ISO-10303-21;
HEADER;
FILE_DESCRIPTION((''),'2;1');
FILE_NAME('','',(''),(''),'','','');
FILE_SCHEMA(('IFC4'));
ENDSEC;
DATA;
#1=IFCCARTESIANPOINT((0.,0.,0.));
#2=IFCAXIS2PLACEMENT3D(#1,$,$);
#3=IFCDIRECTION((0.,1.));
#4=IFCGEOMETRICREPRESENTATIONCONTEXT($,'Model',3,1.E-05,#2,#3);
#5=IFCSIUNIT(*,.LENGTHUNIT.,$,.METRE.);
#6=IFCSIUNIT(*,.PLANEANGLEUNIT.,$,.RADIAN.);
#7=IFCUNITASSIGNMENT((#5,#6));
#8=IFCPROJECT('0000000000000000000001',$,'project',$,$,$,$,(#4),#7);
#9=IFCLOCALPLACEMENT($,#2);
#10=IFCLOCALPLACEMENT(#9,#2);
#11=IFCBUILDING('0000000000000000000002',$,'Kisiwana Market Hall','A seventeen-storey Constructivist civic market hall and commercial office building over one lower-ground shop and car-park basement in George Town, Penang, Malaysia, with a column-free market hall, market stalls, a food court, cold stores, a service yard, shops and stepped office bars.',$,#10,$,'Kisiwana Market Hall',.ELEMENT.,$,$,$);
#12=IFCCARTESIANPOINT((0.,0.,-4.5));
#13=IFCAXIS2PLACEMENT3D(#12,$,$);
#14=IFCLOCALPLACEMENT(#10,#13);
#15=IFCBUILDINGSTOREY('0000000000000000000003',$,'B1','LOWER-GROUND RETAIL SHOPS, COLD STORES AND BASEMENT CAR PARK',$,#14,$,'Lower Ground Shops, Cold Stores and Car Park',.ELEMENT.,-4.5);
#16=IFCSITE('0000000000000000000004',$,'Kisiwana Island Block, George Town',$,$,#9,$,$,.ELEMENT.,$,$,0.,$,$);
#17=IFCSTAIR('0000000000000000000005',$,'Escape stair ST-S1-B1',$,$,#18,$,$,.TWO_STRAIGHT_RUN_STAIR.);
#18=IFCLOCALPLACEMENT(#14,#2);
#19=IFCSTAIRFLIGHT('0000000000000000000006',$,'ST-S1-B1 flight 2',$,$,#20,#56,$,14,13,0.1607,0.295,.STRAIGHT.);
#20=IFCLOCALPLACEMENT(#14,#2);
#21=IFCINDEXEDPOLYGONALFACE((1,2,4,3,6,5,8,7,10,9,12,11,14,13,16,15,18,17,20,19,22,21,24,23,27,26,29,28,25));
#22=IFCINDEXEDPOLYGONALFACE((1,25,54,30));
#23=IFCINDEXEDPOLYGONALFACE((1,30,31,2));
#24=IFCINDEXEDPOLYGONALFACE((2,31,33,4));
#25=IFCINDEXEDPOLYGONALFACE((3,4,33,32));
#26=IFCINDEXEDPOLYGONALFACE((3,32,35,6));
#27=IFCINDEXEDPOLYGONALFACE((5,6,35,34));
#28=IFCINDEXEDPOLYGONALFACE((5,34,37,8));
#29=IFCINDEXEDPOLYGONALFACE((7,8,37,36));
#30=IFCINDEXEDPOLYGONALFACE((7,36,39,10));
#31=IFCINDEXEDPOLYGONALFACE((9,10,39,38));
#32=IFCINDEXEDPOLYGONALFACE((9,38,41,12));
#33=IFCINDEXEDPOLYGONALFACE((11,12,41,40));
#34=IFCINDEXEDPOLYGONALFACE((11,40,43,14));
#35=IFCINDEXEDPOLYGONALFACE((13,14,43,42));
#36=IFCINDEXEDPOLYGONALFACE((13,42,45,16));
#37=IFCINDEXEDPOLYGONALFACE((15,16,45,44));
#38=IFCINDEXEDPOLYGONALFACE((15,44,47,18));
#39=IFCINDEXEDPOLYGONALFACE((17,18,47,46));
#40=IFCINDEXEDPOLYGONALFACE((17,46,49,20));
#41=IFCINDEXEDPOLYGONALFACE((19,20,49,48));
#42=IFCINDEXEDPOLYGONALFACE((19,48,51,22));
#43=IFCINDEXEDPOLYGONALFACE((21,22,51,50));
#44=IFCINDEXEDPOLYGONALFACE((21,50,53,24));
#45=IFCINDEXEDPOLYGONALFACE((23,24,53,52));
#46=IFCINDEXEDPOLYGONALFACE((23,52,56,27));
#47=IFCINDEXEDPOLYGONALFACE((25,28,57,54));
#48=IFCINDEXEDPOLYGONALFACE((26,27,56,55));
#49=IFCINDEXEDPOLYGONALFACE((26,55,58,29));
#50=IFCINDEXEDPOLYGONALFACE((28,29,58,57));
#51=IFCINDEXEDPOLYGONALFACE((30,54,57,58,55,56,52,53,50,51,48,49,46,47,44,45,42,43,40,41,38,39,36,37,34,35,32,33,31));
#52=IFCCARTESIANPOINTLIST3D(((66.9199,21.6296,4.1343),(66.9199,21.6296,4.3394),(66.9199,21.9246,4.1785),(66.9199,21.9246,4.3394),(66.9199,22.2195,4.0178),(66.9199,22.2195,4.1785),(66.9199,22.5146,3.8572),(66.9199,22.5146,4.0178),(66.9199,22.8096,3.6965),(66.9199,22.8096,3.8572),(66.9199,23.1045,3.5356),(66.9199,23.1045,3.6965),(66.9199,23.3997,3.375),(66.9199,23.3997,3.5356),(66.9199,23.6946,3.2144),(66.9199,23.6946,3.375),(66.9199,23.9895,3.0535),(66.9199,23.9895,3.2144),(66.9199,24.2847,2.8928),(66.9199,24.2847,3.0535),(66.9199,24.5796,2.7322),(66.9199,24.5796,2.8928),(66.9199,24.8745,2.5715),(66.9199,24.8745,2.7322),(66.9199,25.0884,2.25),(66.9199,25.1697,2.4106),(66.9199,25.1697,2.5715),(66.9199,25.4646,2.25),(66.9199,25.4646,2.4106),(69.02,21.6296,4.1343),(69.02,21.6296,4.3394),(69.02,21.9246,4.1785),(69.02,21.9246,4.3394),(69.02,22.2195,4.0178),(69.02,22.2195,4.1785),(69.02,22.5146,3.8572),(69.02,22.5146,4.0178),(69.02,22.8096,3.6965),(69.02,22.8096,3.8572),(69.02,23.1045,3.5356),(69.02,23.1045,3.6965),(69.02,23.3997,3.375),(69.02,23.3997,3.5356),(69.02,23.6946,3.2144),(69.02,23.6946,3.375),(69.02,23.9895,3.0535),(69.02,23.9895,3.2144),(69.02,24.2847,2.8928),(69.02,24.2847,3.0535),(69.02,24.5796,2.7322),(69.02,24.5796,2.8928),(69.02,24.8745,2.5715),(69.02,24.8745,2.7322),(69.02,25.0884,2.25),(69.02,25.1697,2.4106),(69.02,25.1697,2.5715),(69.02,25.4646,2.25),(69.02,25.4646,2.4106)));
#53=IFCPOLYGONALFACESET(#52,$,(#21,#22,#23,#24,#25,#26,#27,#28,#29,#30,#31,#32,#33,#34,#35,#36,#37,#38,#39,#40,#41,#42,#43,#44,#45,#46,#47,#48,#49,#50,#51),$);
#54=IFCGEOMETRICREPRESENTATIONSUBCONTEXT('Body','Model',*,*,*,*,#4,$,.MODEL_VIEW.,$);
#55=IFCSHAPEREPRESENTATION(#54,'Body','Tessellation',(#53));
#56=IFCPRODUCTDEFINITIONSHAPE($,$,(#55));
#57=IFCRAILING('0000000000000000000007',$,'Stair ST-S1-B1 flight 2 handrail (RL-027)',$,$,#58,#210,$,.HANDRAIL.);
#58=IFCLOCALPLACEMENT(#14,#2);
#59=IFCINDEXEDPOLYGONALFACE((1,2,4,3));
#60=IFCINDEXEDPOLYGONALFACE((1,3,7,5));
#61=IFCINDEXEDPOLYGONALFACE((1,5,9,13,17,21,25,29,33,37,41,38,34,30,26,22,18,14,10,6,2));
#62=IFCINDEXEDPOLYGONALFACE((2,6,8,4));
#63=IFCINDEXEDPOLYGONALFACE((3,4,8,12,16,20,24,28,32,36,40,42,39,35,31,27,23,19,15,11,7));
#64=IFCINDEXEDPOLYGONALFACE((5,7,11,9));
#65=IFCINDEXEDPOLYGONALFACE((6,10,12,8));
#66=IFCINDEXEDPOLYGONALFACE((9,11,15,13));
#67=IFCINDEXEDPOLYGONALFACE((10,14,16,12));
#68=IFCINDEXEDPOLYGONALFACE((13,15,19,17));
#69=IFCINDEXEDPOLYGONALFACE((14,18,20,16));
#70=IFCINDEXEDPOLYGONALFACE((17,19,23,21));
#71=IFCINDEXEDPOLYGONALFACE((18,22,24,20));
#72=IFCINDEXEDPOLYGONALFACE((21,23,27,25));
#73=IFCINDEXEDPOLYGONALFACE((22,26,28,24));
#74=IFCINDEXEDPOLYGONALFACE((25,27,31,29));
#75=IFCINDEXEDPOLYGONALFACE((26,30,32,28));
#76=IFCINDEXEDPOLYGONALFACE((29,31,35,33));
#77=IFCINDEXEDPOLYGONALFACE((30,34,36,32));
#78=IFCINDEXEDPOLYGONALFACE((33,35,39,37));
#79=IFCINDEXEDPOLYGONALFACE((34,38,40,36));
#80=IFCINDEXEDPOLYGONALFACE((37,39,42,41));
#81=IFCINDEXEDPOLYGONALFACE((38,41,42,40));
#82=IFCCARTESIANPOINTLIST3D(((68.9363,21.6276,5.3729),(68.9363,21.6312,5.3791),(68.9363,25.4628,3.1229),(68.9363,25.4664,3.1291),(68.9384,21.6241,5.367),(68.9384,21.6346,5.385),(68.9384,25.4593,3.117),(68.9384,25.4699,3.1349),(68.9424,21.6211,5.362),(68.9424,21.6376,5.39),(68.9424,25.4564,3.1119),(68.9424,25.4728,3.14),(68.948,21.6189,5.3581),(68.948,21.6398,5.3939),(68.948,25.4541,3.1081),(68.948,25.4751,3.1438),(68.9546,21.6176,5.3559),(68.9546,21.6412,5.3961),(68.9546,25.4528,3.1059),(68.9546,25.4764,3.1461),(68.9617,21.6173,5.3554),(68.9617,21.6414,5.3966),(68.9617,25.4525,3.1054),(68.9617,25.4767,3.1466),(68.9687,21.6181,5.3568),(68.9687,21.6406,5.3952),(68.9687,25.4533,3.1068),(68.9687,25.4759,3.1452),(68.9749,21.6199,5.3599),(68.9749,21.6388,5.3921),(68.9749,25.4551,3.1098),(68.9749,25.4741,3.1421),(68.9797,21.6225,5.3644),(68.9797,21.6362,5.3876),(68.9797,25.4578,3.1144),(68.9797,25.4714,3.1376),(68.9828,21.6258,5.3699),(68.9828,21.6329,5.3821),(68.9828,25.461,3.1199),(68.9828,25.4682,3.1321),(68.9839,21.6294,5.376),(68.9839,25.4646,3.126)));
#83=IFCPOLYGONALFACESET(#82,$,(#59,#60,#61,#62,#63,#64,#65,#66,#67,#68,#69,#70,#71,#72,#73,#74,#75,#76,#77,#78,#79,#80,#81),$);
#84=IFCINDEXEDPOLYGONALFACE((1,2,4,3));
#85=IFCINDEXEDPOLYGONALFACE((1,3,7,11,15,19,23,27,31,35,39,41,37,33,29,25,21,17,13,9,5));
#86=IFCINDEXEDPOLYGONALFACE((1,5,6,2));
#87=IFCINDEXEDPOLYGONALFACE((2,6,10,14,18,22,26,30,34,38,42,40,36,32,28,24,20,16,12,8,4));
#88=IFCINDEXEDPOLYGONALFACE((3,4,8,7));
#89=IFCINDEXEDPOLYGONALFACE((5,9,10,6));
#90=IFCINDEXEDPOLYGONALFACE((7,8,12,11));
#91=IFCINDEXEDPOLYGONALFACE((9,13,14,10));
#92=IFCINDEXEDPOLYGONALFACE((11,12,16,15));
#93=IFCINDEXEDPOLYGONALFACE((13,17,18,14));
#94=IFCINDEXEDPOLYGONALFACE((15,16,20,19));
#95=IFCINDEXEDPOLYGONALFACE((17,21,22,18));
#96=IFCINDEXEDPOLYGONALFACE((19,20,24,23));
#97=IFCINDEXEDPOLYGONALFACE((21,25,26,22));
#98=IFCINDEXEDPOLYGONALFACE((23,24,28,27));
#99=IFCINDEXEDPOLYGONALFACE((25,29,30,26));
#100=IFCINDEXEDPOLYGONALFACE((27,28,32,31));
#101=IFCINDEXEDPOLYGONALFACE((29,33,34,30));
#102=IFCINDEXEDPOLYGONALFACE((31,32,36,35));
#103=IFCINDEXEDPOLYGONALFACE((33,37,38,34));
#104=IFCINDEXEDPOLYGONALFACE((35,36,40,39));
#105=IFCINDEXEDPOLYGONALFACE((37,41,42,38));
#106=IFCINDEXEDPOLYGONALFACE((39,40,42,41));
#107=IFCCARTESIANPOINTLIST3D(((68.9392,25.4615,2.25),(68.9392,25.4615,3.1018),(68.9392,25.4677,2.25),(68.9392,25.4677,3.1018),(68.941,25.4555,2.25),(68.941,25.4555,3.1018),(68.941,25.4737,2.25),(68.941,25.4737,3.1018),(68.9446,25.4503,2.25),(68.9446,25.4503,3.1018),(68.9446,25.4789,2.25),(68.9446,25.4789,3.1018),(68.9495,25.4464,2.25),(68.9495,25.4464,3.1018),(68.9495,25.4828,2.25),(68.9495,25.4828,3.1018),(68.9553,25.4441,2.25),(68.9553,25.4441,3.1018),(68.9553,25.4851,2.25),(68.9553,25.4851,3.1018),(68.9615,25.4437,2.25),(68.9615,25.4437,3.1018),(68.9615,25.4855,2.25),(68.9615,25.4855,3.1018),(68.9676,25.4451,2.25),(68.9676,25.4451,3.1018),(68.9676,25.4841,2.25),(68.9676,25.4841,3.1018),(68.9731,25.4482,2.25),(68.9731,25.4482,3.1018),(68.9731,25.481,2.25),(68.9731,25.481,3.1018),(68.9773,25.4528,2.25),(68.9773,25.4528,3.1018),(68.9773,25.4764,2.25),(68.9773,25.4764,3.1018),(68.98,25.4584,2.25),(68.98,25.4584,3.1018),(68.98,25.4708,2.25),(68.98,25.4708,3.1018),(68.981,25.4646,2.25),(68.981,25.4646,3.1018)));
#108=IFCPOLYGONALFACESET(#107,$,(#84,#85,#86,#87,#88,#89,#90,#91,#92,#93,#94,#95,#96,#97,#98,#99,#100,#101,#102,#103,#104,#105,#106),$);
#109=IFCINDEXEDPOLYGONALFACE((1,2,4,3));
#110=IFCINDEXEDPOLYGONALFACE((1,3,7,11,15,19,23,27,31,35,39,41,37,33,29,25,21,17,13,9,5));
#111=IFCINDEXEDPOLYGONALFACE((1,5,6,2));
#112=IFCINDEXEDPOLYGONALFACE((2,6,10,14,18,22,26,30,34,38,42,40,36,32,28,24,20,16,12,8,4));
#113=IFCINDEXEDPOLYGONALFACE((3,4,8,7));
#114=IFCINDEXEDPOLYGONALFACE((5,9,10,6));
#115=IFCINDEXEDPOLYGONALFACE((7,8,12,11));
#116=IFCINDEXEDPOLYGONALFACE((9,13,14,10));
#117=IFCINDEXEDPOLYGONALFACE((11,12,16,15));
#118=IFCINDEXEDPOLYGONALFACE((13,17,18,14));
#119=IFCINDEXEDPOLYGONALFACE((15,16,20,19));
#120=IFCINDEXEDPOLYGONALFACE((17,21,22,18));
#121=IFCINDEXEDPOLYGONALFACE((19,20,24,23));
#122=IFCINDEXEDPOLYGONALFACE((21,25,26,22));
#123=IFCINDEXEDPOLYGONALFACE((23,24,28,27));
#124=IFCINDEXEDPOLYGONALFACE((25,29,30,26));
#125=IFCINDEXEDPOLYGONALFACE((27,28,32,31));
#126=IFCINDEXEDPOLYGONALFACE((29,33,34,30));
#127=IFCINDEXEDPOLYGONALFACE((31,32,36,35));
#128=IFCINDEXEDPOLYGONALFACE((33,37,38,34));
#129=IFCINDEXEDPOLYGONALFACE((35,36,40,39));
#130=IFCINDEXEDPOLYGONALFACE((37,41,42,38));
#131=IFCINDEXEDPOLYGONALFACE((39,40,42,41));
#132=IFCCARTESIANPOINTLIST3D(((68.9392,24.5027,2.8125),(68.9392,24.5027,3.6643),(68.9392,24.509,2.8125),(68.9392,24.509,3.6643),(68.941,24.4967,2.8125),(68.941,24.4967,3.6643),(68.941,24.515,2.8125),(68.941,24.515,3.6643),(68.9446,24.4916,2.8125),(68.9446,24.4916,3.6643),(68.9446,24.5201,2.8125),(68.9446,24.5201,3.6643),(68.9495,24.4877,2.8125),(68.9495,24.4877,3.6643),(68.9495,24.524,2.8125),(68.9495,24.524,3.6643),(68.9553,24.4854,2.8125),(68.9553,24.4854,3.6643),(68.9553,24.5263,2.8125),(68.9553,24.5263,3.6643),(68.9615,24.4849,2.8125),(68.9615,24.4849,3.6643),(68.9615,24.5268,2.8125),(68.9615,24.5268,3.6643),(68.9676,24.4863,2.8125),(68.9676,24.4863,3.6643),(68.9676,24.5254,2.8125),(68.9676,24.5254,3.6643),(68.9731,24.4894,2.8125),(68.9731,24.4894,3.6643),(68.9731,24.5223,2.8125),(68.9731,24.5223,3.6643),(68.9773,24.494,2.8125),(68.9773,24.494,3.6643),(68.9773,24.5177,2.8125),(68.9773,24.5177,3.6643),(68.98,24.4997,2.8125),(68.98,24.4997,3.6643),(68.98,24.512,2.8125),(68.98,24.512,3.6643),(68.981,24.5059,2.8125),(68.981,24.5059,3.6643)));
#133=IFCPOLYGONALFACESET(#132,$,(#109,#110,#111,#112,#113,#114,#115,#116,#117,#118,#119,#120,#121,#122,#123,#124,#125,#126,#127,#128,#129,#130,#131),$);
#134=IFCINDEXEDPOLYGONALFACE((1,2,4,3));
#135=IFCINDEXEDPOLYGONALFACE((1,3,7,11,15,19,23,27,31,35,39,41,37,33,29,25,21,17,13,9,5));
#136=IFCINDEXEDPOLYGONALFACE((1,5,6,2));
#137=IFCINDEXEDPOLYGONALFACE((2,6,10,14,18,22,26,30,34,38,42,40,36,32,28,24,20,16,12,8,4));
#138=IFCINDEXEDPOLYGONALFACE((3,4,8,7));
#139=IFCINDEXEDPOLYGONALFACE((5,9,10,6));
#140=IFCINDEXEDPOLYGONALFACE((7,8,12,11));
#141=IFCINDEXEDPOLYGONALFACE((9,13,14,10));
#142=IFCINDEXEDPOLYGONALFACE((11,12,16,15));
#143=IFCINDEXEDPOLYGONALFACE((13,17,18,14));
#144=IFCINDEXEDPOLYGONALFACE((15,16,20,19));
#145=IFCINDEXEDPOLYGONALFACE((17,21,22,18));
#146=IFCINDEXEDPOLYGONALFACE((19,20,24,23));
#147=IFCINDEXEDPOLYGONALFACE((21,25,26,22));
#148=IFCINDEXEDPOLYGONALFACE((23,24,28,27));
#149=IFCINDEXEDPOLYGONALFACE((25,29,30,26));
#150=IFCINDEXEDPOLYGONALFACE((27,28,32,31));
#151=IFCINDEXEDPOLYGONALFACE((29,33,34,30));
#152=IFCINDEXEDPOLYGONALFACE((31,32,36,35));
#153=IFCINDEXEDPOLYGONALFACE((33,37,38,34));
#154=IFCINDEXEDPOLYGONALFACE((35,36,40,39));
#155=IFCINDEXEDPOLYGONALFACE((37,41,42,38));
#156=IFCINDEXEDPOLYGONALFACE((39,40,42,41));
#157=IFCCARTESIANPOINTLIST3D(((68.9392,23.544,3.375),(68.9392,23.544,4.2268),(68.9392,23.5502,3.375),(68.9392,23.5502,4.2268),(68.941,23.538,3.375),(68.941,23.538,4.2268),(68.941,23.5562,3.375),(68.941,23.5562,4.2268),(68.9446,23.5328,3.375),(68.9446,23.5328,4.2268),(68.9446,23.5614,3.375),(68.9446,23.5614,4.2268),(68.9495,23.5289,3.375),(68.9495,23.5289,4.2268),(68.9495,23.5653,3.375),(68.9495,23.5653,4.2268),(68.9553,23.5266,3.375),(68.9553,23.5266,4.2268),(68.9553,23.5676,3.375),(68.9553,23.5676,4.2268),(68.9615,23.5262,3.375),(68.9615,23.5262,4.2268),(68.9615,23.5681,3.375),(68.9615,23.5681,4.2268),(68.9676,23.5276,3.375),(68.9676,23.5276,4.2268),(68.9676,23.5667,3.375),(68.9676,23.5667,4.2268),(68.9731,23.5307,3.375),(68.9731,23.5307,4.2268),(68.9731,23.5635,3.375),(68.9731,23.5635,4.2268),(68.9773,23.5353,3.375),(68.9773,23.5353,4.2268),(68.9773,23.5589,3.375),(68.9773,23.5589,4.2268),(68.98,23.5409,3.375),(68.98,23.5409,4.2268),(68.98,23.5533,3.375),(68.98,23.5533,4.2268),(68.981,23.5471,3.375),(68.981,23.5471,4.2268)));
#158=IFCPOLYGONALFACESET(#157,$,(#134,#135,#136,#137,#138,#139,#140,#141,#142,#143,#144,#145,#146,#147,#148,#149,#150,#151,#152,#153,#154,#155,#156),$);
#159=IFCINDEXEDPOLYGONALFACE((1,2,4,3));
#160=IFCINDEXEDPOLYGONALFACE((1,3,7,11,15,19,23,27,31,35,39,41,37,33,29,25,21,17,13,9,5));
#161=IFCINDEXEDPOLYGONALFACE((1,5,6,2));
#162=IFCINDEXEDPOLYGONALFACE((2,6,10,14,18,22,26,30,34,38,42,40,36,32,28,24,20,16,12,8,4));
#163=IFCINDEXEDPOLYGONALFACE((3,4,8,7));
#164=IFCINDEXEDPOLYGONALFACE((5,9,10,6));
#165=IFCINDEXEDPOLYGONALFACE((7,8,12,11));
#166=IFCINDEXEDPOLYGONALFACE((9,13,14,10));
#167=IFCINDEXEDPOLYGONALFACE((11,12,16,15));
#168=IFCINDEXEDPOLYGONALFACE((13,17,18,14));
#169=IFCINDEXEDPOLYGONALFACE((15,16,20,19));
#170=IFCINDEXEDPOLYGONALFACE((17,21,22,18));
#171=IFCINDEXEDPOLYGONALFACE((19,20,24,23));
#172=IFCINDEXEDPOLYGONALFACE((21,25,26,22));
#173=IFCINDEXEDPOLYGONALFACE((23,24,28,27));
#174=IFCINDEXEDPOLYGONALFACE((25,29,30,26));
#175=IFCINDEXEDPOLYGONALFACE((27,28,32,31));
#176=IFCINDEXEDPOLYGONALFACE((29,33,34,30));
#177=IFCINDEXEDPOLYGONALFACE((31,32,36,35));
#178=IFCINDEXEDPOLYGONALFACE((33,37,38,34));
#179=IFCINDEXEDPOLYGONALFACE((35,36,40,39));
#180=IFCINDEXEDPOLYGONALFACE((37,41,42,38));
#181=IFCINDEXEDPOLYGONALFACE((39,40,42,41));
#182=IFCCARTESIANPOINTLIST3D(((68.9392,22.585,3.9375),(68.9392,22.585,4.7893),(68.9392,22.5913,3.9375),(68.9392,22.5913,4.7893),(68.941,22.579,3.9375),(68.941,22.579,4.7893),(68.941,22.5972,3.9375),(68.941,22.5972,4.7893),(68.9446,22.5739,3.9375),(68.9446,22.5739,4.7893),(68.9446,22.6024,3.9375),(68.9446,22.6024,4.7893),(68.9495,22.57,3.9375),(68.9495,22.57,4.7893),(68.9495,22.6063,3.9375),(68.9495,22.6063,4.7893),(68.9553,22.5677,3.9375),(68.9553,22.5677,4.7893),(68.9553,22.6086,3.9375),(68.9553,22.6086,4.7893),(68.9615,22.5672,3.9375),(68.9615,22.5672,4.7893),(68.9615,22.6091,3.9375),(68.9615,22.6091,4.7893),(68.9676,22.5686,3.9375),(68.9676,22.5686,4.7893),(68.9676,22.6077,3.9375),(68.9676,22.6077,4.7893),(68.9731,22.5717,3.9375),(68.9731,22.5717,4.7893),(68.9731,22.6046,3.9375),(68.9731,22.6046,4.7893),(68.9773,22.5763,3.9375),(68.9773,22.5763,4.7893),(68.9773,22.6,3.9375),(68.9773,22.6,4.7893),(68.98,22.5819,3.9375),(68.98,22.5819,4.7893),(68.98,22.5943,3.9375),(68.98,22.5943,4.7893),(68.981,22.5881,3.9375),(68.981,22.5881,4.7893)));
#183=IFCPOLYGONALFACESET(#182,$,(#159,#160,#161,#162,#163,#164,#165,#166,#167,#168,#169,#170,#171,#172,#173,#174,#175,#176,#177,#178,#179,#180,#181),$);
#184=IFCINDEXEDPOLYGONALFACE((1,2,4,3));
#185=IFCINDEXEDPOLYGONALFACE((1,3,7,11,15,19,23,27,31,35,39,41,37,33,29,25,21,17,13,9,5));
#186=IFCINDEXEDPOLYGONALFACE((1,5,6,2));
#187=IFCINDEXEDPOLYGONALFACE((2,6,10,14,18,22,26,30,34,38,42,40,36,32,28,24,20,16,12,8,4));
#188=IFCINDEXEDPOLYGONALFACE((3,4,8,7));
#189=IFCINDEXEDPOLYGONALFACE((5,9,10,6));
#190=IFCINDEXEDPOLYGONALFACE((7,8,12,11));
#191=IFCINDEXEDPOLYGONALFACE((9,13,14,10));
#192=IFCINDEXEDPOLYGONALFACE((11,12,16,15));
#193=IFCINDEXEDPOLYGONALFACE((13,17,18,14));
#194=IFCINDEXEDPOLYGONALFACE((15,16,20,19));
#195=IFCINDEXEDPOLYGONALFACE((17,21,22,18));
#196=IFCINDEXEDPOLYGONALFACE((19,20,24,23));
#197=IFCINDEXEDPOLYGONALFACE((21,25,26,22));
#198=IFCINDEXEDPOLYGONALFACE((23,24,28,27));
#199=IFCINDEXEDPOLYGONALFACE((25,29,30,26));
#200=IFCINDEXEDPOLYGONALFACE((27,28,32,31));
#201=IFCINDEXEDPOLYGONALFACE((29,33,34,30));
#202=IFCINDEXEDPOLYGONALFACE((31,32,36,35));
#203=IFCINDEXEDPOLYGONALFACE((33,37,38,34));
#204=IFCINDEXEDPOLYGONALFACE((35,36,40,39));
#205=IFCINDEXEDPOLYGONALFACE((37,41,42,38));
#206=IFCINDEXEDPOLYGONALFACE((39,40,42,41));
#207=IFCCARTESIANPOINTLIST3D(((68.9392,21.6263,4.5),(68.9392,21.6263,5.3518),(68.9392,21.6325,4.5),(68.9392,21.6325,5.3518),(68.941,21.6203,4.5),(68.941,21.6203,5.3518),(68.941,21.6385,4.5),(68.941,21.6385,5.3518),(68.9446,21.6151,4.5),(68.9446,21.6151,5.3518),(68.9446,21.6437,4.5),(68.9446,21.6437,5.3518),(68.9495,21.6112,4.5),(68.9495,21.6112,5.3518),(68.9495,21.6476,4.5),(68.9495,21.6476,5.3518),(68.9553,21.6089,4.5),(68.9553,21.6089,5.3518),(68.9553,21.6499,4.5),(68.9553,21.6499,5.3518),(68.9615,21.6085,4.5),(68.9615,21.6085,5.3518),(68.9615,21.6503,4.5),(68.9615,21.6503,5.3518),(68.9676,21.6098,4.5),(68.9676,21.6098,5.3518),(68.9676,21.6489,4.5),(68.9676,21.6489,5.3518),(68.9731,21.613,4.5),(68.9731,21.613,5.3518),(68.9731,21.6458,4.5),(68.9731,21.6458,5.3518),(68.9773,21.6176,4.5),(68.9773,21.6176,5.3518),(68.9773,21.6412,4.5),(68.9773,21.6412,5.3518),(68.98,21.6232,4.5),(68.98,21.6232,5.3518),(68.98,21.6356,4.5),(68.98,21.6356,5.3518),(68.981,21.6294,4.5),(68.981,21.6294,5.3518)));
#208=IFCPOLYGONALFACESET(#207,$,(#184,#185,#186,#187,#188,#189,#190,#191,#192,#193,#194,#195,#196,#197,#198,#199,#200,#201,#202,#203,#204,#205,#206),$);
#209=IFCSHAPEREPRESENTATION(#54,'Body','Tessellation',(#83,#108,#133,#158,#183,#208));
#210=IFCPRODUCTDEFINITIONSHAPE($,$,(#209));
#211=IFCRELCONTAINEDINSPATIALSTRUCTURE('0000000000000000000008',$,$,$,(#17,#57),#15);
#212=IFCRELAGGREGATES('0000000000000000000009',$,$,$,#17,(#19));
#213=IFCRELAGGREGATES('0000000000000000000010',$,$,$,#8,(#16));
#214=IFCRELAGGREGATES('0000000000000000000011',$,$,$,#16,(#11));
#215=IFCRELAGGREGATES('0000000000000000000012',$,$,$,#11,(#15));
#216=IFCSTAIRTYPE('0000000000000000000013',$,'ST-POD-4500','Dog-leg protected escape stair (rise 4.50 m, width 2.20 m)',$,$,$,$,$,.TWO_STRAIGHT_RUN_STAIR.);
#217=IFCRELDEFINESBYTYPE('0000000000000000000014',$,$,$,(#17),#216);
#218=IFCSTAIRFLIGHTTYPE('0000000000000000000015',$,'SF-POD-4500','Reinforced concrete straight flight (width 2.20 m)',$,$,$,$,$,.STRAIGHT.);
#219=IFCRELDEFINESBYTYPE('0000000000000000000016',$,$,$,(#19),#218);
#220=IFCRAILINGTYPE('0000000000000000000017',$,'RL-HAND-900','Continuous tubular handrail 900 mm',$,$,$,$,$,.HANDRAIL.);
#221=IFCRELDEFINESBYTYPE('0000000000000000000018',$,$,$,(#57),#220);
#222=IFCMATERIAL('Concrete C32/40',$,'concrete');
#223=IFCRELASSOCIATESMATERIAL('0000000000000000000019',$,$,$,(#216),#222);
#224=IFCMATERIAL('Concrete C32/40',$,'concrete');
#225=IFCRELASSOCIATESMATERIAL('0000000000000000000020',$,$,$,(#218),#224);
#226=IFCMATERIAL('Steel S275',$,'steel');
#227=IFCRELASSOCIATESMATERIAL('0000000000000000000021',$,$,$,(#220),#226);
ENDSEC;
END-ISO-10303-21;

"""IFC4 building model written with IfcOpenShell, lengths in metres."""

from ifc_helpers import new_model, si_unit, direction, frame, origin, origin_2d, place, context, subcontext, project, spatial, polyline, circle, outline, extrude, material, type_object, element, aggregate, save


model = new_model("IFC4")

# Units and contexts
model_context = context("Model", 3, precision=1e-05, world=origin(), true_north=direction((0.0, 1.0)))
body_context = subcontext(model_context, "Body", "Model", "MODEL_VIEW")
ifc_project = project(units=[si_unit("LENGTHUNIT", "METRE"), si_unit("PLANEANGLEUNIT", "RADIAN")], contexts=[model_context])

# Site, building, storey
site_placement = place(None, origin())
site = spatial("IfcSite", under=ifc_project, at=site_placement, Name="Kisiwana Island Block, George Town", CompositionType="ELEMENT", RefElevation=0.0)
building_placement = place(site_placement, origin())
building = spatial("IfcBuilding", under=site, at=building_placement, Name="Kisiwana Market Hall", Description="A seventeen-storey Constructivist civic market hall and commercial office building over one lower-ground shop and car-park basement in George Town, Penang, Malaysia, with a column-free market hall, market stalls, a food court, cold stores, a service yard, shops and stepped office bars.", LongName="Kisiwana Market Hall", CompositionType="ELEMENT")
storey_placement = place(building_placement, frame((0.0, 0.0, -4.5)))
storey = spatial("IfcBuildingStorey", under=building, at=storey_placement, Name="B1", Description="LOWER-GROUND RETAIL SHOPS, COLD STORES AND BASEMENT CAR PARK", LongName="Lower Ground Shops, Cold Stores and Car Park", CompositionType="ELEMENT", Elevation=-4.5)

# Stair, stair flight
ifc_material_1 = material(Name="Concrete C32/40", Category="concrete")
stair_type = type_object("IfcStairType", Name="ST-POD-4500", Description="Dog-leg protected escape stair (rise 4.50 m, width 2.20 m)", PredefinedType="TWO_STRAIGHT_RUN_STAIR", material=ifc_material_1)
stair_placement = place(storey_placement, origin())
stair = element("IfcStair", 1, at=stair_placement, inside=storey, type_object=stair_type, Name="Escape stair ST-S1-B1", PredefinedType="TWO_STRAIGHT_RUN_STAIR")
ifc_material_2 = material(Name="Concrete C32/40", Category="concrete")
stair_flight_type = type_object("IfcStairFlightType", Name="SF-POD-4500", Description="Reinforced concrete straight flight (width 2.20 m)", PredefinedType="STRAIGHT", material=ifc_material_2)
stair_flight_placement = place(storey_placement, frame((67.97, 25.4646, 2.25), z_axis=(0.0, 0.0, 1.0), x_axis=(0.0, -1.0, 0.0)))
stair_flight = element("IfcStairFlight", 2, at=stair_flight_placement, type_object=stair_flight_type, Name="ST-S1-B1 flight 2", NumberOfRisers=14, NumberOfTreads=13, PredefinedType="STRAIGHT", RiserHeight=0.1607, TreadLength=0.295, context=body_context, shape_type="SweptSolid", body=[
    extrude(outline(polyline([(0.0, 0.0), (0.0, 0.1606), (0.2949, 0.1606), (0.2949, 0.3215), (0.5901, 0.3215), (0.5901, 0.4822), (0.885, 0.4822), (0.885, 0.6428), (1.1799, 0.6428), (1.1799, 0.8035), (1.4751, 0.8035), (1.4751, 0.9644), (1.77, 0.9644), (1.77, 1.125), (2.0649, 1.125), (2.0649, 1.2856), (2.3601, 1.2856), (2.3601, 1.4465), (2.655, 1.4465), (2.655, 1.6072), (2.95, 1.6072), (2.95, 1.7678), (3.2451, 1.7678), (3.2451, 1.9285), (3.54, 1.9285), (3.54, 2.0894), (3.835, 2.0894), (3.835, 2.25), (3.835, 1.8843), (0.3762, 0.0), (0.0, 0.0)])), frame((0.0, 1.05, 0.0), z_axis=(0.0, -1.0, 0.0), x_axis=(1.0, 0.0, 0.0)), (0.0, 0.0, 1.0), 2.1001),
])
aggregate(stair, [stair_flight])

# Railing
ifc_material_3 = material(Name="Steel S275", Category="steel")
railing_type = type_object("IfcRailingType", Name="RL-HAND-900", Description="Continuous tubular handrail 900 mm", PredefinedType="HANDRAIL", material=ifc_material_3)
railing_placement = place(storey_placement, frame((68.96, 25.4646, 2.25)))
element("IfcRailing", 3, at=railing_placement, inside=storey, type_object=railing_type, Name="Stair ST-S1-B1 flight 2 handrail (RL-027)", PredefinedType="HANDRAIL", context=body_context, shape_type="SweptSolid", body=[
    extrude(circle(Radius=0.0239, at=origin_2d()), frame((0.0, 0.0, 0.876), z_axis=(0.0, -0.862524, 0.506017), x_axis=(1.0, 0.0, 0.0)), (0.0, 0.0, 1.0), 4.4465),
    extrude(circle(Radius=0.021, at=origin_2d()), origin(), (0.0, 0.0, 1.0), 0.8518),
    extrude(circle(Radius=0.021, at=origin_2d()), frame((0.0, -0.9587, 0.5625)), (0.0, 0.0, 1.0), 0.8518),
    extrude(circle(Radius=0.021, at=origin_2d()), frame((0.0, -1.9175, 1.125)), (0.0, 0.0, 1.0), 0.8518),
    extrude(circle(Radius=0.021, at=origin_2d()), frame((0.0, -2.8765, 1.6875)), (0.0, 0.0, 1.0), 0.8518),
    extrude(circle(Radius=0.021, at=origin_2d()), frame((0.0, -3.8352, 2.25)), (0.0, 0.0, 1.0), 0.8518),
])

save(model, "model.ifc")
